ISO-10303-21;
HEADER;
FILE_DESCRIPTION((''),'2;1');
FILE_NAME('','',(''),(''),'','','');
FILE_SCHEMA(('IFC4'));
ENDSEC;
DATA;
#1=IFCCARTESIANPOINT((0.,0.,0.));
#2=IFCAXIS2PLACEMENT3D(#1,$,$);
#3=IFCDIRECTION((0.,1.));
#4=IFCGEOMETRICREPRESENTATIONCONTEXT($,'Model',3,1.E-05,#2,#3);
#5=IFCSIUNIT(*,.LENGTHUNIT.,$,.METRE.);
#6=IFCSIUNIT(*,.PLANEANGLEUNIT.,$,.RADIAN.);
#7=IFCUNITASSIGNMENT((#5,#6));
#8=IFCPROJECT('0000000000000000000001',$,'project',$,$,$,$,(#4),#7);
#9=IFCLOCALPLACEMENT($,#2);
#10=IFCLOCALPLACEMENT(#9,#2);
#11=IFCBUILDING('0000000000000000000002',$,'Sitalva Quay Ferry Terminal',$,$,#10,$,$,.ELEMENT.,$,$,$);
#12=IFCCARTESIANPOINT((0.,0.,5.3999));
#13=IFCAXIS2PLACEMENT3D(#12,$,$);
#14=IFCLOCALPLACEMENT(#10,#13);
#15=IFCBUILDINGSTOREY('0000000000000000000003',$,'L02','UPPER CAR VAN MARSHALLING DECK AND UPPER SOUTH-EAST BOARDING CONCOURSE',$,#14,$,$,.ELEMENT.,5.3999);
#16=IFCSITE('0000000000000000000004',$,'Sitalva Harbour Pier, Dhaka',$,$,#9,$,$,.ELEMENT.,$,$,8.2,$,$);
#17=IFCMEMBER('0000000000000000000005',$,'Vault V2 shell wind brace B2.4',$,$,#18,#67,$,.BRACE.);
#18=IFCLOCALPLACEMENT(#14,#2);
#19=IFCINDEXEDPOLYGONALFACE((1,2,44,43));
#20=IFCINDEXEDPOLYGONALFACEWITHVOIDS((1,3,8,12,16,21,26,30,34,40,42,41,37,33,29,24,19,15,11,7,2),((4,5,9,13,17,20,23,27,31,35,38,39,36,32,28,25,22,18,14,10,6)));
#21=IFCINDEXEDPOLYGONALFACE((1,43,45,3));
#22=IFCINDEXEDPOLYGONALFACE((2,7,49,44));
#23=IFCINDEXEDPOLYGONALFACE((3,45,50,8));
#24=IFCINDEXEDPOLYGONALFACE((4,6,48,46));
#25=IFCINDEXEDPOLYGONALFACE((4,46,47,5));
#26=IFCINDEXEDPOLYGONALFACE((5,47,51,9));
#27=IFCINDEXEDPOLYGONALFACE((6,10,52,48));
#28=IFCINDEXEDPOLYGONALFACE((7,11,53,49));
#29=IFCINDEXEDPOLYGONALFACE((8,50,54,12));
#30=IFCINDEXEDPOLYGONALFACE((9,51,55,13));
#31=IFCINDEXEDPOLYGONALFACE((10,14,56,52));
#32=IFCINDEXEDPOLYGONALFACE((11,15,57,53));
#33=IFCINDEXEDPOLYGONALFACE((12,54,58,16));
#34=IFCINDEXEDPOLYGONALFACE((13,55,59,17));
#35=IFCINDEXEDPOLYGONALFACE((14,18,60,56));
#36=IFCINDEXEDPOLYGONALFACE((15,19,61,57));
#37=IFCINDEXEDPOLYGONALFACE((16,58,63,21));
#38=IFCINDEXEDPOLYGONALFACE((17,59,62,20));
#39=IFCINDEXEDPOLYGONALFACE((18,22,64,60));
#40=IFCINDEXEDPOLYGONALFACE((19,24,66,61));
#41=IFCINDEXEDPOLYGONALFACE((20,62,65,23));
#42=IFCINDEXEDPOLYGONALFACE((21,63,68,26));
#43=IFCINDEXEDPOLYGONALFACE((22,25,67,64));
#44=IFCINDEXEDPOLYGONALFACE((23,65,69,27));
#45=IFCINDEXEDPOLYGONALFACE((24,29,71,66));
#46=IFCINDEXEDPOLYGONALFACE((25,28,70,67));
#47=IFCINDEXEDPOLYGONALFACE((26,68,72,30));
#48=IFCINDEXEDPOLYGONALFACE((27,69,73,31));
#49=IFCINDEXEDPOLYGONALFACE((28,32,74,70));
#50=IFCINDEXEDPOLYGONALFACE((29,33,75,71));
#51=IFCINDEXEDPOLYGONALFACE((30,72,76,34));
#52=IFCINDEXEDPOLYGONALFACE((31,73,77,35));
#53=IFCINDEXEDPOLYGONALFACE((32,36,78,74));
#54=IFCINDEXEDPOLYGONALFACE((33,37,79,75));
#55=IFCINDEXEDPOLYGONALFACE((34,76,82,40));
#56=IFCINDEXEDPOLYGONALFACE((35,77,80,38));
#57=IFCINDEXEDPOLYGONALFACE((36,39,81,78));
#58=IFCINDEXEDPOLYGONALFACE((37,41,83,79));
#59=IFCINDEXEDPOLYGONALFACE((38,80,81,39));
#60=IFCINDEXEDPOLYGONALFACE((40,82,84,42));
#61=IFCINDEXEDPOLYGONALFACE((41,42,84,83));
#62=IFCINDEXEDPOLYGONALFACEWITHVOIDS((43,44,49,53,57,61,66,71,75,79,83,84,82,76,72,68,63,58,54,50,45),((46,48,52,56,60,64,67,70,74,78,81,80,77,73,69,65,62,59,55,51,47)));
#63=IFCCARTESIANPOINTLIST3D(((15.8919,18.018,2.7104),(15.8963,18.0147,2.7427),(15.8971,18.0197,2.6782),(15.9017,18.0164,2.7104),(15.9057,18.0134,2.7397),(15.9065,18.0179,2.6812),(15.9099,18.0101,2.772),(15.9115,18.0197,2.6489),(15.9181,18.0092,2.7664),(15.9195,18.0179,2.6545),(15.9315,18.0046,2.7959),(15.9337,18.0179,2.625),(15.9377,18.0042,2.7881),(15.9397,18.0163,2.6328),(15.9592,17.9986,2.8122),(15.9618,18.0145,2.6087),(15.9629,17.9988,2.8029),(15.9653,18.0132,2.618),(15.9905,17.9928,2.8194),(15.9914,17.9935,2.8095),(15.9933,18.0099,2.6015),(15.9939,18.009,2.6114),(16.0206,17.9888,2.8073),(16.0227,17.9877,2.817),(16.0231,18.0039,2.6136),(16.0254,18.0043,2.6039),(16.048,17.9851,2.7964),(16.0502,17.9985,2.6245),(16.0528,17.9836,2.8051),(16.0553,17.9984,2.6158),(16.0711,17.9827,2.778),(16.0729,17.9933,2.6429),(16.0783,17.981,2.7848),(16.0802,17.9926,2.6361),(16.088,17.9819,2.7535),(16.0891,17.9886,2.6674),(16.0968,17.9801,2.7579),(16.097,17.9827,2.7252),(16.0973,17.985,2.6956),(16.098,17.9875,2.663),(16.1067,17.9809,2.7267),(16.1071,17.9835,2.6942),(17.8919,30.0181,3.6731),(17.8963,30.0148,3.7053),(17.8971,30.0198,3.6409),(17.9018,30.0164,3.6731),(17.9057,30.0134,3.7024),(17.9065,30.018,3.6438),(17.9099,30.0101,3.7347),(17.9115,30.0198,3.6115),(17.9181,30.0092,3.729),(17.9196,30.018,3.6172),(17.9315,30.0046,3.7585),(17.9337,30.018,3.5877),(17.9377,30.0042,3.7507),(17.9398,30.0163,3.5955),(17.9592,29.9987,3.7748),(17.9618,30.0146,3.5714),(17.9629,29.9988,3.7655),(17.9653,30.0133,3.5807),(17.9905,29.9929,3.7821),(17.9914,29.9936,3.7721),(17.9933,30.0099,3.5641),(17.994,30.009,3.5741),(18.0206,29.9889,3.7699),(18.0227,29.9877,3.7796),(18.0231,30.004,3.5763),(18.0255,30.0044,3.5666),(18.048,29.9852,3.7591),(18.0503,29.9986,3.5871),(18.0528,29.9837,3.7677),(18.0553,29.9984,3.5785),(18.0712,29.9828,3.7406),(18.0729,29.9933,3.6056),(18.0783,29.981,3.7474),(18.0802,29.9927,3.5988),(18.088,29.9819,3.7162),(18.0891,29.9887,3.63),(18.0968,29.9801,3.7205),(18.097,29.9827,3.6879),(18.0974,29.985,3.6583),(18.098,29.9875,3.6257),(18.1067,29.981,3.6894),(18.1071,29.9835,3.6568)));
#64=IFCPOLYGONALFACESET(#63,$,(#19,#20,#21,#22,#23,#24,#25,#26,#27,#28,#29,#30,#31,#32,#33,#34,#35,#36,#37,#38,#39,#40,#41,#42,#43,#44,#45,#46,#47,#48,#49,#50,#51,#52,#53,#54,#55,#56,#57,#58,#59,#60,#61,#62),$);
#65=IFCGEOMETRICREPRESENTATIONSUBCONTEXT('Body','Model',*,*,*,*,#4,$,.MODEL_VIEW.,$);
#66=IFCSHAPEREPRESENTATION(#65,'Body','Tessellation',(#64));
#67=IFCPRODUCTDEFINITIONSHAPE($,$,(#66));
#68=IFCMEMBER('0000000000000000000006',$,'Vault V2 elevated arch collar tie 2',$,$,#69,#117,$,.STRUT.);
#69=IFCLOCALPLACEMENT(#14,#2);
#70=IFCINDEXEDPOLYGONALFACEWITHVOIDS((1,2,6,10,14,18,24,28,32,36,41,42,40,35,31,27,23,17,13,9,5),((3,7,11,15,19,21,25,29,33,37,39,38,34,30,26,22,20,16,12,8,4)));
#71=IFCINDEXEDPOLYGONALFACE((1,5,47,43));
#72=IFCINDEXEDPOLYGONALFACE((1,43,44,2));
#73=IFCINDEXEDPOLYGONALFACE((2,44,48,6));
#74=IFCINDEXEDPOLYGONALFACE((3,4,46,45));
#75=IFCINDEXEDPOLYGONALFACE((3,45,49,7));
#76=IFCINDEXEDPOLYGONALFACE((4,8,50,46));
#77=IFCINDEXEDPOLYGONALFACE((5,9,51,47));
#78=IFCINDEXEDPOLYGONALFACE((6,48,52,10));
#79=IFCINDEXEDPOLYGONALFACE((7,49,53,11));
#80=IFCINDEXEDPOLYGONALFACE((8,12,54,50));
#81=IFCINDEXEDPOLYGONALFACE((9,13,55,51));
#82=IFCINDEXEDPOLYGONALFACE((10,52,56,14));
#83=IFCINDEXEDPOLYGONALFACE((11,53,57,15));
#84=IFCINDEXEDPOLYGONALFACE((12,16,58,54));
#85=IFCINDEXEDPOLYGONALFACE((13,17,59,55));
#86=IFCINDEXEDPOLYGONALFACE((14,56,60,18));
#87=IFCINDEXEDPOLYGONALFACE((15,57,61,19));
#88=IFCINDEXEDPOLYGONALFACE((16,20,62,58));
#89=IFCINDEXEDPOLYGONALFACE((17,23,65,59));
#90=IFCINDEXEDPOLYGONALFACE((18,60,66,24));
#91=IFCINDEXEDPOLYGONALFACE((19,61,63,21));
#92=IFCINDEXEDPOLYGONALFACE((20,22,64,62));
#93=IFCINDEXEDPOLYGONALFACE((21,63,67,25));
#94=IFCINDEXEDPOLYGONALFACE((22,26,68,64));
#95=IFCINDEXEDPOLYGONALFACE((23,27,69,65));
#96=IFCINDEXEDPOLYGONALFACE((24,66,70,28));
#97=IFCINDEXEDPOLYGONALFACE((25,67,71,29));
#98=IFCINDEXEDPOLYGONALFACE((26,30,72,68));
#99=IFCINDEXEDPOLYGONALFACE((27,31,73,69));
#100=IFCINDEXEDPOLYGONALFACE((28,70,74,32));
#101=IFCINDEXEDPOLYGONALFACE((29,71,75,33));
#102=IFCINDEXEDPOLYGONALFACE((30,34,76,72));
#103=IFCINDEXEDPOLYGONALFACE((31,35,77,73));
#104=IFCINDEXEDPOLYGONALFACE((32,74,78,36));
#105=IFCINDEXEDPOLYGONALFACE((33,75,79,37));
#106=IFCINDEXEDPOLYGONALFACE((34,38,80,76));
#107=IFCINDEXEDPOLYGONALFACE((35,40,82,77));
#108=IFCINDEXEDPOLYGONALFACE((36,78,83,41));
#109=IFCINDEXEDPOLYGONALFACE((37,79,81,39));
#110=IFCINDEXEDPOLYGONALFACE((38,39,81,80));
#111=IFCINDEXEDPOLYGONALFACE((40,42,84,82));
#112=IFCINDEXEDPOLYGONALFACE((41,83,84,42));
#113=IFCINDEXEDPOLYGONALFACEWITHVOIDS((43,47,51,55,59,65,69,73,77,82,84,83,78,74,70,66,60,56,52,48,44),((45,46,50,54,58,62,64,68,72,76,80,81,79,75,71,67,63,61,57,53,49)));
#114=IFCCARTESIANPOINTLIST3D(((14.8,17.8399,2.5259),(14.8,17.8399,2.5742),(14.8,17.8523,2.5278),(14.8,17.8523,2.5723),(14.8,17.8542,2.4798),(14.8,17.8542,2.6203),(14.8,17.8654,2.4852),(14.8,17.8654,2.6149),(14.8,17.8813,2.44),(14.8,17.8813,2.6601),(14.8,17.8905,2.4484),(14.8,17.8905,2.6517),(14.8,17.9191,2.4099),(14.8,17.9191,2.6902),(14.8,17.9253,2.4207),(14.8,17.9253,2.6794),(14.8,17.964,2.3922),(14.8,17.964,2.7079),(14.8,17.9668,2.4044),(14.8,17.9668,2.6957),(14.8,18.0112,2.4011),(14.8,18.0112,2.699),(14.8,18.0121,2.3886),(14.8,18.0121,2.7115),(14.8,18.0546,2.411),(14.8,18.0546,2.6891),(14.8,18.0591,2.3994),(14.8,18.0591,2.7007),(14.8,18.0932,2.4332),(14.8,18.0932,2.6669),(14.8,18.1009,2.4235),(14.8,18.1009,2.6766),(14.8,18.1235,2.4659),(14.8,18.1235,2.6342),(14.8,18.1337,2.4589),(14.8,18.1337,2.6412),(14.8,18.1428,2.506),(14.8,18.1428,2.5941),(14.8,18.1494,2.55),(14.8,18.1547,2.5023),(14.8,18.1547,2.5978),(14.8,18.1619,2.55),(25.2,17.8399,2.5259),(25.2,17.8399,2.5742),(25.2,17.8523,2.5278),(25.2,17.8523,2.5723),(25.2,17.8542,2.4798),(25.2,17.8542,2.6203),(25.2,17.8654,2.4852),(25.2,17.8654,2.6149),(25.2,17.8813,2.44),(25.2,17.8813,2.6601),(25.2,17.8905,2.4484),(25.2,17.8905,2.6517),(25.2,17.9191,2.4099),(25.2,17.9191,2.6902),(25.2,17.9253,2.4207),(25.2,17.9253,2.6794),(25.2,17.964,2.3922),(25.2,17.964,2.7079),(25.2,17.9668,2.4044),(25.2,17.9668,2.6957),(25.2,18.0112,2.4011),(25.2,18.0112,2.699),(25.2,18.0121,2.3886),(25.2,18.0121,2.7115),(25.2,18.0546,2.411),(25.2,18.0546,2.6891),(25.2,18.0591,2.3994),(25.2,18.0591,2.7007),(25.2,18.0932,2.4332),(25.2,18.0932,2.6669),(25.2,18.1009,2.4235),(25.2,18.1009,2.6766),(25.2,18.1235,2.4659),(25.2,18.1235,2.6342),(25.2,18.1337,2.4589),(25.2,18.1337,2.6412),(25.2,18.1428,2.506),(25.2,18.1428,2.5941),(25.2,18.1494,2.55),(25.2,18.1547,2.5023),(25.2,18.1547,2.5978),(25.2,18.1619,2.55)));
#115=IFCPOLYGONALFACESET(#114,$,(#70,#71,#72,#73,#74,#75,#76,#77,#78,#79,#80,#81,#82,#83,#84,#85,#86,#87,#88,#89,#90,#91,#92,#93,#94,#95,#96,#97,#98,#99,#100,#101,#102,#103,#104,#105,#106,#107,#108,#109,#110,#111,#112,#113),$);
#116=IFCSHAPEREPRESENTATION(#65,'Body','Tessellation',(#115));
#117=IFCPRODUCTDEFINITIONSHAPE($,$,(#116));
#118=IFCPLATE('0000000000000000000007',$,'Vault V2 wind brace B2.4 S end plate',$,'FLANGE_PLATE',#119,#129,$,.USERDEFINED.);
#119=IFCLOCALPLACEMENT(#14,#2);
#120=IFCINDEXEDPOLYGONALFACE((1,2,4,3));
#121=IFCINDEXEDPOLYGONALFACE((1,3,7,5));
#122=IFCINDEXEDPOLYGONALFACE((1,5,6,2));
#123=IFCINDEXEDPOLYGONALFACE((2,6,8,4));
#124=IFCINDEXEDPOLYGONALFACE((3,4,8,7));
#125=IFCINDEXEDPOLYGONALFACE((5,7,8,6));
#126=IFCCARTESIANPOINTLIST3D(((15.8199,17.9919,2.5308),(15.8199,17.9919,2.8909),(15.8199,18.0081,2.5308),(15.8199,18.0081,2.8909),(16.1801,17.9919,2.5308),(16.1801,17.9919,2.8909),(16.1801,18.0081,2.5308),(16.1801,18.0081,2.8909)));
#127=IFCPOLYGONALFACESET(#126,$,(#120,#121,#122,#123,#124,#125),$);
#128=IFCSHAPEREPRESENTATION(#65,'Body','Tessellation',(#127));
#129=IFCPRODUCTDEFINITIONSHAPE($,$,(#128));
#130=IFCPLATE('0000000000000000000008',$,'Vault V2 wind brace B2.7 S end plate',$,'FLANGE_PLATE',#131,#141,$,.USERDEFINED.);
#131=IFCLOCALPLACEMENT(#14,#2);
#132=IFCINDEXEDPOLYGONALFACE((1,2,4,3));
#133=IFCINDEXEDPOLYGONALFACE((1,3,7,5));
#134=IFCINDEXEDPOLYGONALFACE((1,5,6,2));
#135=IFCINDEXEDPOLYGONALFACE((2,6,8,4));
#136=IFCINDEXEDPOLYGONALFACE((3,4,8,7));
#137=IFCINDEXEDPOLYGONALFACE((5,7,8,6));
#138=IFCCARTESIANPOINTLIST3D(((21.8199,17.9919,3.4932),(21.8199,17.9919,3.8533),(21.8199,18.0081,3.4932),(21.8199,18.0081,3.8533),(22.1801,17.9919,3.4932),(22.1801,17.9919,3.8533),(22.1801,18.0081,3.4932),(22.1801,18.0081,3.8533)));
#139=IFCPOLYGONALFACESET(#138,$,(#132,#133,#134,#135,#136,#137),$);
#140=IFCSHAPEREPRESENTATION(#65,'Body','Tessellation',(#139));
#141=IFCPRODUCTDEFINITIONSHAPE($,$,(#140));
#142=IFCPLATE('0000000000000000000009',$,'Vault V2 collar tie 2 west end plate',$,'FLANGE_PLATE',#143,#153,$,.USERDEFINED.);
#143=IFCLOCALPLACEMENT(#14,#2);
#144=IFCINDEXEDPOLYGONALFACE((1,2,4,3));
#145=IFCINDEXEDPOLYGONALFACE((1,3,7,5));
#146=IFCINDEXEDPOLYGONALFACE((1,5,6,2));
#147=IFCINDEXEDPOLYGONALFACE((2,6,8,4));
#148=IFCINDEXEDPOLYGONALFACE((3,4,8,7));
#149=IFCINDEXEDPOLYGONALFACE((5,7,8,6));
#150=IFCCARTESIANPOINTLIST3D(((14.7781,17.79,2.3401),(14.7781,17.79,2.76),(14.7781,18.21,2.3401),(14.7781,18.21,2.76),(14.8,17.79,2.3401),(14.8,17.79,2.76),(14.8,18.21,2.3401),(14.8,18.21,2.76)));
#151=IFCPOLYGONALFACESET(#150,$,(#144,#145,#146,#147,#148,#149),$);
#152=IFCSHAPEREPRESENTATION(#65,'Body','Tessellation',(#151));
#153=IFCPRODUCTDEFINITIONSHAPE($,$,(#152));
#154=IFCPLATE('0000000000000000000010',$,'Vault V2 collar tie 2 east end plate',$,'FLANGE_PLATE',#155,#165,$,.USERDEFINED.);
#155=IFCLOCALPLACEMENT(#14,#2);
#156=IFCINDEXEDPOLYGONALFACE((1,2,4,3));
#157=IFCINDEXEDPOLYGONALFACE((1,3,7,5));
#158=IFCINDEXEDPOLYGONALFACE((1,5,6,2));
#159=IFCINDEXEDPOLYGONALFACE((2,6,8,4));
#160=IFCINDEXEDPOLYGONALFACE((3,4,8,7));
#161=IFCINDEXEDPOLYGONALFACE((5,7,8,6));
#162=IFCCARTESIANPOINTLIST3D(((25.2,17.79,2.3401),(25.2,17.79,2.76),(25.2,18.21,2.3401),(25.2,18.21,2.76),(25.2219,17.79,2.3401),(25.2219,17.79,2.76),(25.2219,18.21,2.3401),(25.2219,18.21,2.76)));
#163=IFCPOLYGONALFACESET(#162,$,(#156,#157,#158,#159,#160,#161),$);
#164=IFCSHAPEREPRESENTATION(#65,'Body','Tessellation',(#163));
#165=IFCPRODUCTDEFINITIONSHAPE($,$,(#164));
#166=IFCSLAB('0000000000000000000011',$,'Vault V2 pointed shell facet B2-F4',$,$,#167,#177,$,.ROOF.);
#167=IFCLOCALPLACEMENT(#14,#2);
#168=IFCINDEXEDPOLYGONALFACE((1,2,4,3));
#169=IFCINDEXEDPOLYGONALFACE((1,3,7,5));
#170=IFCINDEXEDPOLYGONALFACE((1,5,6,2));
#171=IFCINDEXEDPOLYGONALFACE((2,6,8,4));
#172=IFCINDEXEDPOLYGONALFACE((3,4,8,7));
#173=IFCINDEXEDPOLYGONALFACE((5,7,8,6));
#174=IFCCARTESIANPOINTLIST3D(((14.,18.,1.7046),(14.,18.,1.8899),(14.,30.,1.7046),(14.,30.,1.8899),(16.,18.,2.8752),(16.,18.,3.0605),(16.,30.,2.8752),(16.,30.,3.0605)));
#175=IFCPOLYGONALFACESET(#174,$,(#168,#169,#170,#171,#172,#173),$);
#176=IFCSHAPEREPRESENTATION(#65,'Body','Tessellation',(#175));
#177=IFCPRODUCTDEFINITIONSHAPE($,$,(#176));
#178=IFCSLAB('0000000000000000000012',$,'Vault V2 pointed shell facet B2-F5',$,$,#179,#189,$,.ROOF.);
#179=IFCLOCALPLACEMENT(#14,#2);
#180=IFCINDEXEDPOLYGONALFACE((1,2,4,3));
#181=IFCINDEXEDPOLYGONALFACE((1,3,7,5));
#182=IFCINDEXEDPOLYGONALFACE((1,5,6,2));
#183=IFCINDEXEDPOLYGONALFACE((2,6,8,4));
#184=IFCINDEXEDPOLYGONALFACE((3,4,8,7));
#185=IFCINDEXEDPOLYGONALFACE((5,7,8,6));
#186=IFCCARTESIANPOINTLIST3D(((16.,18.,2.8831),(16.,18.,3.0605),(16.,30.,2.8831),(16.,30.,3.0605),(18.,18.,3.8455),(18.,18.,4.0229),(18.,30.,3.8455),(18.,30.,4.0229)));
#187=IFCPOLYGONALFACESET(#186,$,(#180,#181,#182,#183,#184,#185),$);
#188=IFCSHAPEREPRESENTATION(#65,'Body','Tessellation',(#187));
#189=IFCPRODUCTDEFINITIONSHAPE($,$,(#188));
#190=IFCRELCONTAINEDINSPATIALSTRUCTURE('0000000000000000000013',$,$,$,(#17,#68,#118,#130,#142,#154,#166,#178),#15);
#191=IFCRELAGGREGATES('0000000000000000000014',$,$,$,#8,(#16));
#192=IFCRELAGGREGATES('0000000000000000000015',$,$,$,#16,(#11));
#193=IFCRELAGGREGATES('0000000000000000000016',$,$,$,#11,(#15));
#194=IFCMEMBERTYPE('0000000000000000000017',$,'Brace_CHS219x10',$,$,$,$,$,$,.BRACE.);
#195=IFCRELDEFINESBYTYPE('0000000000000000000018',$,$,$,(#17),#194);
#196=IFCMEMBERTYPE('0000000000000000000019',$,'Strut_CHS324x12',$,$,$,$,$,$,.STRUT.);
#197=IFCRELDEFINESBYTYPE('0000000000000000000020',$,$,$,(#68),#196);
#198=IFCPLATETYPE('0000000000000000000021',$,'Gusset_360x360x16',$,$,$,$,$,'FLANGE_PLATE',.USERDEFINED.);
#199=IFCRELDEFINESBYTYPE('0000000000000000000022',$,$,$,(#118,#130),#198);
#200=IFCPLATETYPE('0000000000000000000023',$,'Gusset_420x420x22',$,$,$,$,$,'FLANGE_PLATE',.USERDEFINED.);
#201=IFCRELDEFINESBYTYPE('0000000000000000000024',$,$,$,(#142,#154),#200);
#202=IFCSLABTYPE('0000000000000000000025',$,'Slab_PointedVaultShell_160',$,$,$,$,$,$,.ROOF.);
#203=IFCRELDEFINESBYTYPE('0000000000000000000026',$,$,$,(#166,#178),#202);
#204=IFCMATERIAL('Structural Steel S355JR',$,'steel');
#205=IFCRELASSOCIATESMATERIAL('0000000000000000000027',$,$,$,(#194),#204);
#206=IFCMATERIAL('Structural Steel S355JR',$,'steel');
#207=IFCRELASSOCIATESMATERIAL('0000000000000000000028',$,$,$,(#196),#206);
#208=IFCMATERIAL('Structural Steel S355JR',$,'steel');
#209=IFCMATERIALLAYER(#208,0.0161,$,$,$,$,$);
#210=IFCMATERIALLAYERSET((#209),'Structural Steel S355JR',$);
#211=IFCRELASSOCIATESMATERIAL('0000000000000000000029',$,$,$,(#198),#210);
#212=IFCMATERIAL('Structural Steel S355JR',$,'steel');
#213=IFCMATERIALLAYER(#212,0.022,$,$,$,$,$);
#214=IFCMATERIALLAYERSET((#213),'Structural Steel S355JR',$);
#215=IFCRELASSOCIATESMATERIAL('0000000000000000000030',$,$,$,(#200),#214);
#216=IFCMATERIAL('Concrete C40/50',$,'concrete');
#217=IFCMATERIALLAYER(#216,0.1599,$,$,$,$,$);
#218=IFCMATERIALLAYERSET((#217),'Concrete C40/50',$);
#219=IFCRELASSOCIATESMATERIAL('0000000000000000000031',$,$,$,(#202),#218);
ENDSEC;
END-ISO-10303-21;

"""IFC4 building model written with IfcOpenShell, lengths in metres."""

from ifc_helpers import new_model, si_unit, direction, frame, origin, origin_2d, place, context, subcontext, project, spatial, polyline, rectangle, hollow_circle, outline, extrude, material, layer, layer_set, material_profile, profile_set, type_object, element, save


model = new_model("IFC4")

# Units and contexts
model_context = context("Model", 3, precision=1e-05, world=origin(), true_north=direction((0.0, 1.0)))
body_context = subcontext(model_context, "Body", "Model", "MODEL_VIEW")
ifc_project = project(units=[si_unit("LENGTHUNIT", "METRE"), si_unit("PLANEANGLEUNIT", "RADIAN")], contexts=[model_context])

# Site, building, storey
site_placement = place(None, origin())
site = spatial("IfcSite", under=ifc_project, at=site_placement, Name="Sitalva Harbour Pier, Dhaka", CompositionType="ELEMENT", RefElevation=8.2)
building_placement = place(site_placement, origin())
building = spatial("IfcBuilding", under=site, at=building_placement, Name="Sitalva Quay Ferry Terminal", CompositionType="ELEMENT")
storey_placement = place(building_placement, frame((0.0, 0.0, 5.3999)))
storey = spatial("IfcBuildingStorey", under=building, at=storey_placement, Name="L02", Description="UPPER CAR VAN MARSHALLING DECK AND UPPER SOUTH-EAST BOARDING CONCOURSE", CompositionType="ELEMENT", Elevation=5.3999)

# Members
ifc_material_1 = material(Name="Structural Steel S355JR", Category="steel")
ifc_material_profile_1 = material_profile(ifc_material_1, hollow_circle(Radius=0.1096, WallThickness=0.01, at=origin_2d()), Name="CHS219x10")
ifc_profile_set_1 = profile_set([ifc_material_profile_1], Name="Structural Steel S355JR")
member_type_1 = type_object("IfcMemberType", Name="Brace_CHS219x10", PredefinedType="BRACE", material=ifc_profile_set_1)
member_1_placement = place(storey_placement, frame((16.0, 18.0, 2.7104), z_axis=(0.163887, 0.98332, 0.078882), x_axis=(-0.986394, 0.164399, 0.0)))
element("IfcMember", 1, at=member_1_placement, inside=storey, type_object=member_type_1, Name="Vault V2 shell wind brace B2.4", PredefinedType="BRACE", context=body_context, shape_type="SweptSolid", body=[
    extrude(hollow_circle(Radius=0.1096, WallThickness=0.01, at=origin_2d()), origin(), (0.0, 0.0, 1.0), 12.2036),
])
ifc_material_2 = material(Name="Structural Steel S355JR", Category="steel")
ifc_material_profile_2 = material_profile(ifc_material_2, hollow_circle(Radius=0.1619, WallThickness=0.0125, at=origin_2d()), Name="CHS324x12.5")
ifc_profile_set_2 = profile_set([ifc_material_profile_2], Name="Structural Steel S355JR")
member_type_2 = type_object("IfcMemberType", Name="Strut_CHS324x12", PredefinedType="STRUT", material=ifc_profile_set_2)
member_2_placement = place(storey_placement, frame((14.8, 18.0, 2.55), z_axis=(1.0, 0.0, 0.0), x_axis=(0.0, 1.0, 0.0)))
element("IfcMember", 2, at=member_2_placement, inside=storey, type_object=member_type_2, Name="Vault V2 elevated arch collar tie 2", PredefinedType="STRUT", context=body_context, shape_type="SweptSolid", body=[
    extrude(hollow_circle(Radius=0.1619, WallThickness=0.0125, at=origin_2d()), origin(), (0.0, 0.0, 1.0), 10.3999),
])

# Plates
ifc_material_3 = material(Name="Structural Steel S355JR", Category="steel")
ifc_layer_1 = layer(ifc_material_3, 0.0161)
ifc_layer_set_1 = layer_set([ifc_layer_1], Name="Structural Steel S355JR")
plate_type_1 = type_object("IfcPlateType", Name="Gusset_360x360x16", ElementType="FLANGE_PLATE", PredefinedType="USERDEFINED", material=ifc_layer_set_1)
for number, where, z_axis, x_axis, name in (
    (3, (16.0, 18.0, 2.5308), (0.0, 0.0, 1.0), (1.0, 0.0, 0.0), "Vault V2 wind brace B2.4 S end plate"),
    (4, (22.0, 18.0, 3.4932), (0.0, 0.0, 1.0), (1.0, 0.0, 0.0), "Vault V2 wind brace B2.7 S end plate"),
):
    element("IfcPlate", number, at=place(storey_placement, frame(where, z_axis=z_axis, x_axis=x_axis)), inside=storey, type_object=plate_type_1, Name=name, ObjectType="FLANGE_PLATE", PredefinedType="USERDEFINED", context=body_context, shape_type="SweptSolid", body=[
        extrude(rectangle(XDim=0.3601, YDim=0.0161, at=origin_2d()), origin(), (0.0, 0.0, 1.0), 0.3601),
    ])
ifc_material_4 = material(Name="Structural Steel S355JR", Category="steel")
ifc_layer_2 = layer(ifc_material_4, 0.022)
ifc_layer_set_2 = layer_set([ifc_layer_2], Name="Structural Steel S355JR")
plate_type_2 = type_object("IfcPlateType", Name="Gusset_420x420x22", ElementType="FLANGE_PLATE", PredefinedType="USERDEFINED", material=ifc_layer_set_2)
for number, where, z_axis, x_axis, name in (
    (5, (14.7891, 18.0, 2.3401), (0.0, 0.0, 1.0), (1.0, 0.0, 0.0), "Vault V2 collar tie 2 west end plate"),
    (6, (25.2109, 18.0, 2.3401), (0.0, 0.0, 1.0), (1.0, 0.0, 0.0), "Vault V2 collar tie 2 east end plate"),
):
    element("IfcPlate", number, at=place(storey_placement, frame(where, z_axis=z_axis, x_axis=x_axis)), inside=storey, type_object=plate_type_2, Name=name, ObjectType="FLANGE_PLATE", PredefinedType="USERDEFINED", context=body_context, shape_type="SweptSolid", body=[
        extrude(rectangle(XDim=0.022, YDim=0.4199, at=origin_2d()), origin(), (0.0, 0.0, 1.0), 0.4199),
    ])

# Slabs
ifc_material_5 = material(Name="Concrete C40/50", Category="concrete")
ifc_layer_3 = layer(ifc_material_5, 0.1599)
ifc_layer_set_3 = layer_set([ifc_layer_3], Name="Concrete C40/50")
slab_type = type_object("IfcSlabType", Name="Slab_PointedVaultShell_160", PredefinedType="ROOF", material=ifc_layer_set_3)
slab_1_placement = place(storey_placement, frame((14.0, 18.0, 1.8899), z_axis=(-0.505154, 0.0, 0.863029), x_axis=(0.863029, 0.0, 0.505154)))
element("IfcSlab", 7, at=slab_1_placement, inside=storey, type_object=slab_type, Name="Vault V2 pointed shell facet B2-F4", PredefinedType="ROOF", context=body_context, shape_type="SweptSolid", body=[
    extrude(outline(polyline([(0.0, 0.0), (2.3174, 0.0), (2.3174, 12.0), (0.0, 12.0), (0.0, 0.0)])), origin(), (-0.505154, 0.0, -0.863029), 0.1853),
])
slab_2_placement = place(storey_placement, frame((16.0, 18.0, 3.0605), z_axis=(-0.433611, 0.0, 0.9011), x_axis=(0.9011, 0.0, 0.433611)))
element("IfcSlab", 8, at=slab_2_placement, inside=storey, type_object=slab_type, Name="Vault V2 pointed shell facet B2-F5", PredefinedType="ROOF", context=body_context, shape_type="SweptSolid", body=[
    extrude(outline(polyline([(0.0, 0.0), (2.2195, 0.0), (2.2195, 12.0), (0.0, 12.0), (0.0, 0.0)])), origin(), (-0.433611, 0.0, -0.9011), 0.1775),
])

save(model, "model.ifc")
